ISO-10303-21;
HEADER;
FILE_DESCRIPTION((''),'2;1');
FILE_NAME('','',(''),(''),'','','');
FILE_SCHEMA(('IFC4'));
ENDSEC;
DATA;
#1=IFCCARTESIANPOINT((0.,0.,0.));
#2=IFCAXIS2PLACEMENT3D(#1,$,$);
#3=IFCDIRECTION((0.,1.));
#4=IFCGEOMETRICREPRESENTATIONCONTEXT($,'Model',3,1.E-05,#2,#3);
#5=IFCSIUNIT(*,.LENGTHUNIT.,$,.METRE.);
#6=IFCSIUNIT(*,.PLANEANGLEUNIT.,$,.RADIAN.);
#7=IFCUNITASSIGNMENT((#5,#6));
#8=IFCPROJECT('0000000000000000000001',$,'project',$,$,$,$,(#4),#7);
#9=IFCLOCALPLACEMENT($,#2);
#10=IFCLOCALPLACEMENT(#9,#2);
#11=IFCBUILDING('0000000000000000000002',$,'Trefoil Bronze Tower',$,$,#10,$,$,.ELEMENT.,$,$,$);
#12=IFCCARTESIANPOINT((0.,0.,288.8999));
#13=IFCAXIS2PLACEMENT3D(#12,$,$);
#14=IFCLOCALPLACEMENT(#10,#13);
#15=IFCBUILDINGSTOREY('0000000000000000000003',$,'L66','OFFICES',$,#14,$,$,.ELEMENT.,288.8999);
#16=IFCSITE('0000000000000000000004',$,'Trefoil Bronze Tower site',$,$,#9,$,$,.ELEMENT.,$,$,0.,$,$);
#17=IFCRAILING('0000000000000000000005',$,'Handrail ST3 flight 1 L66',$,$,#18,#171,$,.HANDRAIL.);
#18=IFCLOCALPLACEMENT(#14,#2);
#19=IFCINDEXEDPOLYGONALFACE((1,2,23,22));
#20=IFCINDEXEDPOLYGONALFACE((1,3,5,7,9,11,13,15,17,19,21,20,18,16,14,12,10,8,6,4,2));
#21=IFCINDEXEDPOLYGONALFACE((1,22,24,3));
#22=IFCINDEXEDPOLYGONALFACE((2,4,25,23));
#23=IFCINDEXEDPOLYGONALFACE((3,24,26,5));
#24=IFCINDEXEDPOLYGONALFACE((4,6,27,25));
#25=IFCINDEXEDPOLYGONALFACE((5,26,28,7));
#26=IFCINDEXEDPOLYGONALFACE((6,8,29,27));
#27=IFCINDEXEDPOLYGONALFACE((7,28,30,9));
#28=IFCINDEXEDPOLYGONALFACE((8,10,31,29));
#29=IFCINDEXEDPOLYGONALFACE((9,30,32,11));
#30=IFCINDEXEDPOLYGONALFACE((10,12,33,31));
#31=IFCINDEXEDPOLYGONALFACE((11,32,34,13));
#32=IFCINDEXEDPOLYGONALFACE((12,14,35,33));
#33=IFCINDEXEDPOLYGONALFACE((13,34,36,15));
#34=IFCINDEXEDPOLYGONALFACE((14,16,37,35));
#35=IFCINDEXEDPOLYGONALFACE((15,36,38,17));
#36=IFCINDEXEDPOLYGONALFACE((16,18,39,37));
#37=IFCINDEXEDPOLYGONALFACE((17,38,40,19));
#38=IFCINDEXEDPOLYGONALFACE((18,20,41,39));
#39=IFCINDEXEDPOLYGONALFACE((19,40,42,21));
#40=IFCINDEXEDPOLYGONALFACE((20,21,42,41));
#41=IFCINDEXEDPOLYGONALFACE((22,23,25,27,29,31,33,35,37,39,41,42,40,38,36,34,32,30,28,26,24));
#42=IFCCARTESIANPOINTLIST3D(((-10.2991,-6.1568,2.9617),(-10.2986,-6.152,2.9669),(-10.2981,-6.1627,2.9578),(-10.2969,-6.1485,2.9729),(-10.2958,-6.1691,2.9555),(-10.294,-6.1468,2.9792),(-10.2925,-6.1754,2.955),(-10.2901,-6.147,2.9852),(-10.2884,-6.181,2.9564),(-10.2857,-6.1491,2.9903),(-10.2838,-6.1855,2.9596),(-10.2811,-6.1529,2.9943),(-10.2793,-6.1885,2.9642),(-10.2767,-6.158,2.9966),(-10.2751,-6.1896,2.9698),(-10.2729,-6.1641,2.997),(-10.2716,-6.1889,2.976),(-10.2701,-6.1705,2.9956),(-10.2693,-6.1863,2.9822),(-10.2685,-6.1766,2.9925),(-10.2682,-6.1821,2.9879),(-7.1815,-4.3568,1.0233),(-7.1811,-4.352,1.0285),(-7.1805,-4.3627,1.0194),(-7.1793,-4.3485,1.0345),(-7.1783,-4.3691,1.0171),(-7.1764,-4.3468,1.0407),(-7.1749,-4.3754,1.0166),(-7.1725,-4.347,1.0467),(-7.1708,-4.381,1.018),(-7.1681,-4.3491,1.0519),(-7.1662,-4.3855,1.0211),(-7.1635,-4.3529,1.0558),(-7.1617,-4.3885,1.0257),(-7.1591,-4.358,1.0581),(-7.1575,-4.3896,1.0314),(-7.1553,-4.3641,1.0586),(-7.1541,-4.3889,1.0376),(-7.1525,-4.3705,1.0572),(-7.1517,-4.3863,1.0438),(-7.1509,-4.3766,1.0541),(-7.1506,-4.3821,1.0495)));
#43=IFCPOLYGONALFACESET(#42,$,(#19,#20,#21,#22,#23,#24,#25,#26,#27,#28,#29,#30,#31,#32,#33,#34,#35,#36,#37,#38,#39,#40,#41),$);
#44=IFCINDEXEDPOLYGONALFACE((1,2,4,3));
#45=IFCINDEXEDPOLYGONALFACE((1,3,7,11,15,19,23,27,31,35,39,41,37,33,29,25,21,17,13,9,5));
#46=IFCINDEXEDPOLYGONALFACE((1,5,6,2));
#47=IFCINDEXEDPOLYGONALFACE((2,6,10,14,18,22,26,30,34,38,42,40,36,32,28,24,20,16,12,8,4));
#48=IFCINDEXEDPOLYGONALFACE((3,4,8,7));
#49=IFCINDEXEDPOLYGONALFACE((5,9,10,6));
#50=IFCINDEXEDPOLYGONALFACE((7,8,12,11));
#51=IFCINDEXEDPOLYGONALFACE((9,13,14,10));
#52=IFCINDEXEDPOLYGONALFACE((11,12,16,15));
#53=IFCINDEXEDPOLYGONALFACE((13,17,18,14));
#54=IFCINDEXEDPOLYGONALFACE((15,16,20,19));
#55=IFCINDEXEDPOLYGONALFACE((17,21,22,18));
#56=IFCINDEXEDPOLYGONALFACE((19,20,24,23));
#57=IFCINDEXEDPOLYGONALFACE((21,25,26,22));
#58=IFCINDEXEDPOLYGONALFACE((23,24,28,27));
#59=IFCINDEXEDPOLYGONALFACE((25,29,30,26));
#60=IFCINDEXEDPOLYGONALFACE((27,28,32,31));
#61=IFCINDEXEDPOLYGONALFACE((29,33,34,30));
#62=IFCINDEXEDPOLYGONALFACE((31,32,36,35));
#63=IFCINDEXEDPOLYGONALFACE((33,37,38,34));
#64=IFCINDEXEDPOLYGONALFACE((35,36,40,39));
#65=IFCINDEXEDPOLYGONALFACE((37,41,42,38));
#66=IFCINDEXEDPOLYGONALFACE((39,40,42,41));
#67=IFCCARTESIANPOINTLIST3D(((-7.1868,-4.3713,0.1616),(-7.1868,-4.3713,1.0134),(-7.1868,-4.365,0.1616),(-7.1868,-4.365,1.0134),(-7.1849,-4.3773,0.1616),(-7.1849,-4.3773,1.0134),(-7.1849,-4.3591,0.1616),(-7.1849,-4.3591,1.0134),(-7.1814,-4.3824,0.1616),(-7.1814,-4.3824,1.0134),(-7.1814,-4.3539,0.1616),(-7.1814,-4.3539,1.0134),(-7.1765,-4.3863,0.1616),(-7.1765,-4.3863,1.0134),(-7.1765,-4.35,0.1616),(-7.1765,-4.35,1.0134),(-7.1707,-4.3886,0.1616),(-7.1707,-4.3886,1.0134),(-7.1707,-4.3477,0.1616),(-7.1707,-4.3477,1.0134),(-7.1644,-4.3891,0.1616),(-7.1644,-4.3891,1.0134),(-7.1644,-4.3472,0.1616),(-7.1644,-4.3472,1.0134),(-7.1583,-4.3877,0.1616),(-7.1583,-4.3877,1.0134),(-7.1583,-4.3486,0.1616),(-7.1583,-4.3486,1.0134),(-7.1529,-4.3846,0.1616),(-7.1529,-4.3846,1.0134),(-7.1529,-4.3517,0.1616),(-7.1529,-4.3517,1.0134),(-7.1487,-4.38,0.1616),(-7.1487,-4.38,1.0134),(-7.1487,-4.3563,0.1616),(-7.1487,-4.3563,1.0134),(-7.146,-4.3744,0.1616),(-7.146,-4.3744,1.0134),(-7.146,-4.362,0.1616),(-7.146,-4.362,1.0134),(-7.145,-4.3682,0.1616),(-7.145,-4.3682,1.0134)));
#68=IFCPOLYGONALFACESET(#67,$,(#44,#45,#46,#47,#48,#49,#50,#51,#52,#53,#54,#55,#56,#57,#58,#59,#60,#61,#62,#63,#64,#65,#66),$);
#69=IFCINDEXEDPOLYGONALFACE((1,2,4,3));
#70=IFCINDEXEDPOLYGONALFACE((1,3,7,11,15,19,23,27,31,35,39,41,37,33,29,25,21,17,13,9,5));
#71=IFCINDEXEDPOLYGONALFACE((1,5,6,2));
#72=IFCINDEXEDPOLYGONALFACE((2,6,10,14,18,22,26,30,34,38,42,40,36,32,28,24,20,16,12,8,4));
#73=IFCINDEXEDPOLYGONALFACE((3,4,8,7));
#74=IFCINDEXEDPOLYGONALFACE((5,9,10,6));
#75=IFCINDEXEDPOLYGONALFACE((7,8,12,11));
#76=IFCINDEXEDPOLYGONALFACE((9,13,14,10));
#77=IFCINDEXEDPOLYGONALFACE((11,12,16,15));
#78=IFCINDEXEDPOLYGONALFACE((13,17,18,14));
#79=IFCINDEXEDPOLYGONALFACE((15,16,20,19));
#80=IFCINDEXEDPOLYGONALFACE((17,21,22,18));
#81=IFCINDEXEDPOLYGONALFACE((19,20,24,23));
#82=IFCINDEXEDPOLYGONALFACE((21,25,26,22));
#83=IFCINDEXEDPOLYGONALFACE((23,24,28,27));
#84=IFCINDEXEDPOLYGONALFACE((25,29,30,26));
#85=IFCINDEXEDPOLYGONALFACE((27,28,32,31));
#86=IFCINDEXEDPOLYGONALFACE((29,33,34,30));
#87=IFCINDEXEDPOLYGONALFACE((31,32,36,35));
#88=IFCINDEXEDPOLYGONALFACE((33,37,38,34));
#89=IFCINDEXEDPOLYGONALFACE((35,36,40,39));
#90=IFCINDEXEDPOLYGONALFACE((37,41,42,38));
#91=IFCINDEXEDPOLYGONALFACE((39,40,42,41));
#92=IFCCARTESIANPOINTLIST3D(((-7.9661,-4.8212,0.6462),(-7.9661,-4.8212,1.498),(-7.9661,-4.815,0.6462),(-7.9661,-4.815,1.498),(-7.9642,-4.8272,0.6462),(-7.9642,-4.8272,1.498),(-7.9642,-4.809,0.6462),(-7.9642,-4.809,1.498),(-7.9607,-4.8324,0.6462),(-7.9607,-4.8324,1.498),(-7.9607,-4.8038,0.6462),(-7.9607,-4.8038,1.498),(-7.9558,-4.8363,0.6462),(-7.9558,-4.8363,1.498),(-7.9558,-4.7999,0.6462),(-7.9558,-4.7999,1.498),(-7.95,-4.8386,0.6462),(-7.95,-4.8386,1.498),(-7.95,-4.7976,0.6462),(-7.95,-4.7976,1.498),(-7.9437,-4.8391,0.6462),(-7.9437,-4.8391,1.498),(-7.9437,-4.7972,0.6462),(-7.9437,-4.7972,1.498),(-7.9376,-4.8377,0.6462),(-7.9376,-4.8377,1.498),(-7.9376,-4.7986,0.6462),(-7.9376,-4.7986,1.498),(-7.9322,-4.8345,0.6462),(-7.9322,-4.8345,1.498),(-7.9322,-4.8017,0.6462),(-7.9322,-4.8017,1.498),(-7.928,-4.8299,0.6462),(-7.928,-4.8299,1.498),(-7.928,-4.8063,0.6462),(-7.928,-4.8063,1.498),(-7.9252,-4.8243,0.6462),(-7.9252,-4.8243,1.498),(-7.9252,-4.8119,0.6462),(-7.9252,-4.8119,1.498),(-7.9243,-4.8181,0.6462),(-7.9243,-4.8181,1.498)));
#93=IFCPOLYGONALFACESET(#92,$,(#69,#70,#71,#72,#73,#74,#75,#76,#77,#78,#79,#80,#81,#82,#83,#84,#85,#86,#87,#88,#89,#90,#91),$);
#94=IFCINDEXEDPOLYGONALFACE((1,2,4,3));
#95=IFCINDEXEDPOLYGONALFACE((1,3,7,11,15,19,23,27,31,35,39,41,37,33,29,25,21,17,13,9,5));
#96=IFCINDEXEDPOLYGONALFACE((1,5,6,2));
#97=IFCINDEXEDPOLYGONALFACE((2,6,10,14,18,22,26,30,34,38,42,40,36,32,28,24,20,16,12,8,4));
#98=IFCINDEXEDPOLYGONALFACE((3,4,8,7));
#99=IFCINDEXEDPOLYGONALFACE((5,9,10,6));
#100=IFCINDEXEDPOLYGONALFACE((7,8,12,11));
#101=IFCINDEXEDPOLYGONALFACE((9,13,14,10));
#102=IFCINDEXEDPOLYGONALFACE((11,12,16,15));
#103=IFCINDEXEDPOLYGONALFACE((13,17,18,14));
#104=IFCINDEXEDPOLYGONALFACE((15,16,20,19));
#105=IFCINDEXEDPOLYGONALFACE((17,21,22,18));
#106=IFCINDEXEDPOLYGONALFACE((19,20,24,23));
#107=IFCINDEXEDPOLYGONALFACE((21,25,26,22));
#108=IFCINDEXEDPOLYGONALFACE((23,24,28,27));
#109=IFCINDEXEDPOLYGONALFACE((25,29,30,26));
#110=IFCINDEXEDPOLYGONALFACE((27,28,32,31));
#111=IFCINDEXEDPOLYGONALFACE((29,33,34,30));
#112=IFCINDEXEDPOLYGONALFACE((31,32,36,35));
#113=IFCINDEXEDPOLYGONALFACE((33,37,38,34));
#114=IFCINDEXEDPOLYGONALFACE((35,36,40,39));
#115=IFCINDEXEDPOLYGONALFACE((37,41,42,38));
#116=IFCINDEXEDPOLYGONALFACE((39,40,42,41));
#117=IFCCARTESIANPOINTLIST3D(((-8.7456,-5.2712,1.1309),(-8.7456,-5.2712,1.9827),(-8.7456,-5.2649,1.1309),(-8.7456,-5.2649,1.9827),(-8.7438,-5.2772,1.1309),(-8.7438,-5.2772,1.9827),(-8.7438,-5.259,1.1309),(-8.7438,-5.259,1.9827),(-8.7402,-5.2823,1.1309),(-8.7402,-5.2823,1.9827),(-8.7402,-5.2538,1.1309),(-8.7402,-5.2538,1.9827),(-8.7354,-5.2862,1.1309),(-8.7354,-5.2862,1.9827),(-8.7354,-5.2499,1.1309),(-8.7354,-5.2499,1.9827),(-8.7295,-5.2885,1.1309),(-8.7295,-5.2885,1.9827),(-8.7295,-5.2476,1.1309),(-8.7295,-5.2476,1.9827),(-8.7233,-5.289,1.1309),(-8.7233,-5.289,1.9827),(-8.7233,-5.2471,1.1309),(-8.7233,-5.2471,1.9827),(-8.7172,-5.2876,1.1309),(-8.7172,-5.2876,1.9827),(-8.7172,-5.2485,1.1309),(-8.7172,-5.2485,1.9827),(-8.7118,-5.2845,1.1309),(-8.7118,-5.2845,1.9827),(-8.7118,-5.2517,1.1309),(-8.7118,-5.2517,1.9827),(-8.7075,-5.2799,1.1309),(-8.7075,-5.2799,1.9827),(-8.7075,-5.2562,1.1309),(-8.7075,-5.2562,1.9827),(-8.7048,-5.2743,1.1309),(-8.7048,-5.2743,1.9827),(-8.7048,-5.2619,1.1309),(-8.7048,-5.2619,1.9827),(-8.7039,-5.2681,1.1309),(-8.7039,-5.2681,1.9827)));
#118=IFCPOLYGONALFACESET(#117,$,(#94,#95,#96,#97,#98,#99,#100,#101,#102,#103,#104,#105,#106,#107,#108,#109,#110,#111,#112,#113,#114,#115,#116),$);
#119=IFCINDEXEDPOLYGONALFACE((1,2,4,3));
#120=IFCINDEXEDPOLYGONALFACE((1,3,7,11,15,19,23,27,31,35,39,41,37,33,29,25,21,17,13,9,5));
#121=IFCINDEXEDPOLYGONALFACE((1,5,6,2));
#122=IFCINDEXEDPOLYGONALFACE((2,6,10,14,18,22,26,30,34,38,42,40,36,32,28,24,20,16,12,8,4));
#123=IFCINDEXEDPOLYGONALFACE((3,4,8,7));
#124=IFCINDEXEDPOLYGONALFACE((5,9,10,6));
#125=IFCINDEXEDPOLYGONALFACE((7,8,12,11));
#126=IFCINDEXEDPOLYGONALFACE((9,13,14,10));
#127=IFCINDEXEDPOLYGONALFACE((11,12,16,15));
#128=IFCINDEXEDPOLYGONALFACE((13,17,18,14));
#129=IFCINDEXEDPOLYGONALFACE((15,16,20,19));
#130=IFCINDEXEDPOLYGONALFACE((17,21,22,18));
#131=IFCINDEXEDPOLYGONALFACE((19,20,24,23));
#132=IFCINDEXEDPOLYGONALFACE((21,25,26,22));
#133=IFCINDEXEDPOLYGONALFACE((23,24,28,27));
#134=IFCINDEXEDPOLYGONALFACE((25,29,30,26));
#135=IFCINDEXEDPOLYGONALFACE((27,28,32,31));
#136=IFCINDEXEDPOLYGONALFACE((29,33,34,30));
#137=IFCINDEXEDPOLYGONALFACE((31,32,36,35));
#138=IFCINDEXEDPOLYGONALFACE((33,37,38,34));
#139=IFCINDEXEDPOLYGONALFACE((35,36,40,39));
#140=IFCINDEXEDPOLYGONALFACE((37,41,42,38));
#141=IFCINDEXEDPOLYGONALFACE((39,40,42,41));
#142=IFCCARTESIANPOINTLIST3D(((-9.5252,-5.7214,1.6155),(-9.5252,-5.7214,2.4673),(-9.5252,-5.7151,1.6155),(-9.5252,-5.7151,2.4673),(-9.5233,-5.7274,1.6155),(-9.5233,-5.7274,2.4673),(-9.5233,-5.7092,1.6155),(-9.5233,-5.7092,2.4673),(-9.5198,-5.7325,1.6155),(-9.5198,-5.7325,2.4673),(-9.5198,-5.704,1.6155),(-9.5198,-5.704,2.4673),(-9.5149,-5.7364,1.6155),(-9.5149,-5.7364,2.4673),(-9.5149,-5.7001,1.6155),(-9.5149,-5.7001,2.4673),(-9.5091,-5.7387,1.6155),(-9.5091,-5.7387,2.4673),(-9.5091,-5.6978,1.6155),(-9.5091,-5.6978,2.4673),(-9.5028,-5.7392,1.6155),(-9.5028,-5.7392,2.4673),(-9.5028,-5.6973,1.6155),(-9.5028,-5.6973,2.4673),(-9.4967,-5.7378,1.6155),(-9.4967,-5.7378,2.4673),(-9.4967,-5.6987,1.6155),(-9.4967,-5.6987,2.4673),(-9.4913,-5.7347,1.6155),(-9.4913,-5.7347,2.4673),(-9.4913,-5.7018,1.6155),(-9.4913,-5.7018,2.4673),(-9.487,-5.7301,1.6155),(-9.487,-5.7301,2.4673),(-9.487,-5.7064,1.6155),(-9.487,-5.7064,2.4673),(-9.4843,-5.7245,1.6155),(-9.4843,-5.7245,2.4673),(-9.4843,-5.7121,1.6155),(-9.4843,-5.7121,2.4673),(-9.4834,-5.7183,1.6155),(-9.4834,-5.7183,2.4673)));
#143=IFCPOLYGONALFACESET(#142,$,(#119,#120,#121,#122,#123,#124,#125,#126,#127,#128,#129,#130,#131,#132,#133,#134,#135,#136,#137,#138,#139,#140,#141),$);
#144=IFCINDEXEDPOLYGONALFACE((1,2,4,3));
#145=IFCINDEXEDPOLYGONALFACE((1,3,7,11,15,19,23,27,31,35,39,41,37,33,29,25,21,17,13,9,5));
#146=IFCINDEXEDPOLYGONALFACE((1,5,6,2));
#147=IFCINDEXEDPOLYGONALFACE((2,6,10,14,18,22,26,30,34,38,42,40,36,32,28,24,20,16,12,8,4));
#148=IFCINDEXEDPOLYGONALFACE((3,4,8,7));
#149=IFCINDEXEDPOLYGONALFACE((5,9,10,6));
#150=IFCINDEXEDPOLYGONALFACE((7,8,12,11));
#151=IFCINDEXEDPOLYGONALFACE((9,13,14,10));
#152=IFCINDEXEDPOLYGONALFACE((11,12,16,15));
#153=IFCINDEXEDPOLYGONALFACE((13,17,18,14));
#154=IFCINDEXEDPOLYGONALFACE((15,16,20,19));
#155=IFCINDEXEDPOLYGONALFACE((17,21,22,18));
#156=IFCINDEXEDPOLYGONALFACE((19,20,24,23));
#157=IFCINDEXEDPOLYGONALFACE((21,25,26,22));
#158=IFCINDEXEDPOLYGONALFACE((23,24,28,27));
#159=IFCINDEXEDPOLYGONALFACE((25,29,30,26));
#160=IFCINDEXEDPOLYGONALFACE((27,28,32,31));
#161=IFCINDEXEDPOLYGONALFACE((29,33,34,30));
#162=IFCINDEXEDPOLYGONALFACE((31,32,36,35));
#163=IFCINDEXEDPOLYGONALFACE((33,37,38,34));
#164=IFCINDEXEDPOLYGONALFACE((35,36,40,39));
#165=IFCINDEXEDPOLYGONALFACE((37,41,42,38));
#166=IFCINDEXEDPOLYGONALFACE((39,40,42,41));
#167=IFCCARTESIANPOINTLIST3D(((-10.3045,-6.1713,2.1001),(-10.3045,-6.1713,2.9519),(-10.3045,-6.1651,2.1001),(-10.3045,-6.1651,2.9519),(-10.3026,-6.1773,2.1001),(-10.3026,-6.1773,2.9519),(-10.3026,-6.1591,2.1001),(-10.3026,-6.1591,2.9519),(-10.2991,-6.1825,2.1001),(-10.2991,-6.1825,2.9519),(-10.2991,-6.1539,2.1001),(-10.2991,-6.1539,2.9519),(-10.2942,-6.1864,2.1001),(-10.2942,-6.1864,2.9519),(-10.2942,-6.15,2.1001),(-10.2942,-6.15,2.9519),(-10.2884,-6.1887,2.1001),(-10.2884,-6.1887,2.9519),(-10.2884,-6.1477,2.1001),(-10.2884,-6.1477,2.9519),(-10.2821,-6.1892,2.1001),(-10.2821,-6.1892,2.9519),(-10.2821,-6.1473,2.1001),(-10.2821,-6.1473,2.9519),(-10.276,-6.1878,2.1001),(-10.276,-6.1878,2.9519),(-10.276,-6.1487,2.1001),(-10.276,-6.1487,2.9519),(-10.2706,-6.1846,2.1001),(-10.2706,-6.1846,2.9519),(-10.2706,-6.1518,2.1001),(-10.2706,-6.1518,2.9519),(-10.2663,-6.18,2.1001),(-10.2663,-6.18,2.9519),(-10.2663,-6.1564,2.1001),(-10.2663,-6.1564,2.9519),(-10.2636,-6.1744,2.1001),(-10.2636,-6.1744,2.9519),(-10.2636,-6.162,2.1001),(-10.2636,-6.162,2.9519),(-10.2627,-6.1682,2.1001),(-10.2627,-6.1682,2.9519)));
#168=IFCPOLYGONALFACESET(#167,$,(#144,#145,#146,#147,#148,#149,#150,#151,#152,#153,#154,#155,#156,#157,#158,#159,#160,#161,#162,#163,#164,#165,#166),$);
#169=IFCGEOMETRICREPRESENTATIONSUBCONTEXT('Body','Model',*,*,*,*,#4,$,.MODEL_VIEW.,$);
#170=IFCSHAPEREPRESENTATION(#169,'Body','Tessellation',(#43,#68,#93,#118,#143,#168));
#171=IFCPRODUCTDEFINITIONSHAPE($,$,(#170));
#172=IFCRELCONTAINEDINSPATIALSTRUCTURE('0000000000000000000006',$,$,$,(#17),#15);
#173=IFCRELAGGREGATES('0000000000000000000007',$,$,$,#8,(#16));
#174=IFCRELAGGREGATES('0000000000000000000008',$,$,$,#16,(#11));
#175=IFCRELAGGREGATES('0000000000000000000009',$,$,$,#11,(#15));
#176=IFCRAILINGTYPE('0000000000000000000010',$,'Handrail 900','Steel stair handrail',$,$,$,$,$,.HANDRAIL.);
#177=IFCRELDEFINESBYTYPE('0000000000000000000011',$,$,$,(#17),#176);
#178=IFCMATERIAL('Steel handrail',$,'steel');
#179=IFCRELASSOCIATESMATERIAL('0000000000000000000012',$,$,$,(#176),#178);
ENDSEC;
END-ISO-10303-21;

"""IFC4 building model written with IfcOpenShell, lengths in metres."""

from ifc_helpers import new_model, si_unit, direction, frame, origin, origin_2d, place, context, subcontext, project, spatial, circle, extrude, material, type_object, element, save


model = new_model("IFC4")

# Units and contexts
model_context = context("Model", 3, precision=1e-05, world=origin(), true_north=direction((0.0, 1.0)))
body_context = subcontext(model_context, "Body", "Model", "MODEL_VIEW")
ifc_project = project(units=[si_unit("LENGTHUNIT", "METRE"), si_unit("PLANEANGLEUNIT", "RADIAN")], contexts=[model_context])

# Site, building, storey
site_placement = place(None, origin())
site = spatial("IfcSite", under=ifc_project, at=site_placement, Name="Trefoil Bronze Tower site", CompositionType="ELEMENT", RefElevation=0.0)
building_placement = place(site_placement, origin())
building = spatial("IfcBuilding", under=site, at=building_placement, Name="Trefoil Bronze Tower", CompositionType="ELEMENT")
storey_placement = place(building_placement, frame((0.0, 0.0, 288.8999)))
storey = spatial("IfcBuildingStorey", under=building, at=storey_placement, Name="L66", Description="OFFICES", CompositionType="ELEMENT", Elevation=288.8999)

# Railing
ifc_material_1 = material(Name="Steel handrail", Category="steel")
railing_type = type_object("IfcRailingType", Name="Handrail 900", Description="Steel stair handrail", PredefinedType="HANDRAIL", material=ifc_material_1)
railing_placement = place(storey_placement, frame((-7.166, -4.3682, 0.1616)))
element("IfcRailing", 1, at=railing_placement, inside=storey, type_object=railing_type, Name="Handrail ST3 flight 1 L66", PredefinedType="HANDRAIL", context=body_context, shape_type="SweptSolid", body=[
    extrude(circle(Radius=0.0239, at=origin_2d()), frame((0.0, 0.0, 0.876), z_axis=(-0.762503, -0.440246, 0.474102), x_axis=(0.500012, -0.866018, 0.0)), (0.0, 0.0, 1.0), 4.0886),
    extrude(circle(Radius=0.021, at=origin_2d()), origin(), (0.0, 0.0, 1.0), 0.8518),
    extrude(circle(Radius=0.021, at=origin_2d()), frame((-0.7793, -0.45, 0.4846)), (0.0, 0.0, 1.0), 0.8518),
    extrude(circle(Radius=0.021, at=origin_2d()), frame((-1.5588, -0.8999, 0.9692)), (0.0, 0.0, 1.0), 0.8518),
    extrude(circle(Radius=0.021, at=origin_2d()), frame((-2.3384, -1.3501, 1.4539)), (0.0, 0.0, 1.0), 0.8518),
    extrude(circle(Radius=0.021, at=origin_2d()), frame((-3.1177, -1.8, 1.9385)), (0.0, 0.0, 1.0), 0.8518),
])

save(model, "model.ifc")
